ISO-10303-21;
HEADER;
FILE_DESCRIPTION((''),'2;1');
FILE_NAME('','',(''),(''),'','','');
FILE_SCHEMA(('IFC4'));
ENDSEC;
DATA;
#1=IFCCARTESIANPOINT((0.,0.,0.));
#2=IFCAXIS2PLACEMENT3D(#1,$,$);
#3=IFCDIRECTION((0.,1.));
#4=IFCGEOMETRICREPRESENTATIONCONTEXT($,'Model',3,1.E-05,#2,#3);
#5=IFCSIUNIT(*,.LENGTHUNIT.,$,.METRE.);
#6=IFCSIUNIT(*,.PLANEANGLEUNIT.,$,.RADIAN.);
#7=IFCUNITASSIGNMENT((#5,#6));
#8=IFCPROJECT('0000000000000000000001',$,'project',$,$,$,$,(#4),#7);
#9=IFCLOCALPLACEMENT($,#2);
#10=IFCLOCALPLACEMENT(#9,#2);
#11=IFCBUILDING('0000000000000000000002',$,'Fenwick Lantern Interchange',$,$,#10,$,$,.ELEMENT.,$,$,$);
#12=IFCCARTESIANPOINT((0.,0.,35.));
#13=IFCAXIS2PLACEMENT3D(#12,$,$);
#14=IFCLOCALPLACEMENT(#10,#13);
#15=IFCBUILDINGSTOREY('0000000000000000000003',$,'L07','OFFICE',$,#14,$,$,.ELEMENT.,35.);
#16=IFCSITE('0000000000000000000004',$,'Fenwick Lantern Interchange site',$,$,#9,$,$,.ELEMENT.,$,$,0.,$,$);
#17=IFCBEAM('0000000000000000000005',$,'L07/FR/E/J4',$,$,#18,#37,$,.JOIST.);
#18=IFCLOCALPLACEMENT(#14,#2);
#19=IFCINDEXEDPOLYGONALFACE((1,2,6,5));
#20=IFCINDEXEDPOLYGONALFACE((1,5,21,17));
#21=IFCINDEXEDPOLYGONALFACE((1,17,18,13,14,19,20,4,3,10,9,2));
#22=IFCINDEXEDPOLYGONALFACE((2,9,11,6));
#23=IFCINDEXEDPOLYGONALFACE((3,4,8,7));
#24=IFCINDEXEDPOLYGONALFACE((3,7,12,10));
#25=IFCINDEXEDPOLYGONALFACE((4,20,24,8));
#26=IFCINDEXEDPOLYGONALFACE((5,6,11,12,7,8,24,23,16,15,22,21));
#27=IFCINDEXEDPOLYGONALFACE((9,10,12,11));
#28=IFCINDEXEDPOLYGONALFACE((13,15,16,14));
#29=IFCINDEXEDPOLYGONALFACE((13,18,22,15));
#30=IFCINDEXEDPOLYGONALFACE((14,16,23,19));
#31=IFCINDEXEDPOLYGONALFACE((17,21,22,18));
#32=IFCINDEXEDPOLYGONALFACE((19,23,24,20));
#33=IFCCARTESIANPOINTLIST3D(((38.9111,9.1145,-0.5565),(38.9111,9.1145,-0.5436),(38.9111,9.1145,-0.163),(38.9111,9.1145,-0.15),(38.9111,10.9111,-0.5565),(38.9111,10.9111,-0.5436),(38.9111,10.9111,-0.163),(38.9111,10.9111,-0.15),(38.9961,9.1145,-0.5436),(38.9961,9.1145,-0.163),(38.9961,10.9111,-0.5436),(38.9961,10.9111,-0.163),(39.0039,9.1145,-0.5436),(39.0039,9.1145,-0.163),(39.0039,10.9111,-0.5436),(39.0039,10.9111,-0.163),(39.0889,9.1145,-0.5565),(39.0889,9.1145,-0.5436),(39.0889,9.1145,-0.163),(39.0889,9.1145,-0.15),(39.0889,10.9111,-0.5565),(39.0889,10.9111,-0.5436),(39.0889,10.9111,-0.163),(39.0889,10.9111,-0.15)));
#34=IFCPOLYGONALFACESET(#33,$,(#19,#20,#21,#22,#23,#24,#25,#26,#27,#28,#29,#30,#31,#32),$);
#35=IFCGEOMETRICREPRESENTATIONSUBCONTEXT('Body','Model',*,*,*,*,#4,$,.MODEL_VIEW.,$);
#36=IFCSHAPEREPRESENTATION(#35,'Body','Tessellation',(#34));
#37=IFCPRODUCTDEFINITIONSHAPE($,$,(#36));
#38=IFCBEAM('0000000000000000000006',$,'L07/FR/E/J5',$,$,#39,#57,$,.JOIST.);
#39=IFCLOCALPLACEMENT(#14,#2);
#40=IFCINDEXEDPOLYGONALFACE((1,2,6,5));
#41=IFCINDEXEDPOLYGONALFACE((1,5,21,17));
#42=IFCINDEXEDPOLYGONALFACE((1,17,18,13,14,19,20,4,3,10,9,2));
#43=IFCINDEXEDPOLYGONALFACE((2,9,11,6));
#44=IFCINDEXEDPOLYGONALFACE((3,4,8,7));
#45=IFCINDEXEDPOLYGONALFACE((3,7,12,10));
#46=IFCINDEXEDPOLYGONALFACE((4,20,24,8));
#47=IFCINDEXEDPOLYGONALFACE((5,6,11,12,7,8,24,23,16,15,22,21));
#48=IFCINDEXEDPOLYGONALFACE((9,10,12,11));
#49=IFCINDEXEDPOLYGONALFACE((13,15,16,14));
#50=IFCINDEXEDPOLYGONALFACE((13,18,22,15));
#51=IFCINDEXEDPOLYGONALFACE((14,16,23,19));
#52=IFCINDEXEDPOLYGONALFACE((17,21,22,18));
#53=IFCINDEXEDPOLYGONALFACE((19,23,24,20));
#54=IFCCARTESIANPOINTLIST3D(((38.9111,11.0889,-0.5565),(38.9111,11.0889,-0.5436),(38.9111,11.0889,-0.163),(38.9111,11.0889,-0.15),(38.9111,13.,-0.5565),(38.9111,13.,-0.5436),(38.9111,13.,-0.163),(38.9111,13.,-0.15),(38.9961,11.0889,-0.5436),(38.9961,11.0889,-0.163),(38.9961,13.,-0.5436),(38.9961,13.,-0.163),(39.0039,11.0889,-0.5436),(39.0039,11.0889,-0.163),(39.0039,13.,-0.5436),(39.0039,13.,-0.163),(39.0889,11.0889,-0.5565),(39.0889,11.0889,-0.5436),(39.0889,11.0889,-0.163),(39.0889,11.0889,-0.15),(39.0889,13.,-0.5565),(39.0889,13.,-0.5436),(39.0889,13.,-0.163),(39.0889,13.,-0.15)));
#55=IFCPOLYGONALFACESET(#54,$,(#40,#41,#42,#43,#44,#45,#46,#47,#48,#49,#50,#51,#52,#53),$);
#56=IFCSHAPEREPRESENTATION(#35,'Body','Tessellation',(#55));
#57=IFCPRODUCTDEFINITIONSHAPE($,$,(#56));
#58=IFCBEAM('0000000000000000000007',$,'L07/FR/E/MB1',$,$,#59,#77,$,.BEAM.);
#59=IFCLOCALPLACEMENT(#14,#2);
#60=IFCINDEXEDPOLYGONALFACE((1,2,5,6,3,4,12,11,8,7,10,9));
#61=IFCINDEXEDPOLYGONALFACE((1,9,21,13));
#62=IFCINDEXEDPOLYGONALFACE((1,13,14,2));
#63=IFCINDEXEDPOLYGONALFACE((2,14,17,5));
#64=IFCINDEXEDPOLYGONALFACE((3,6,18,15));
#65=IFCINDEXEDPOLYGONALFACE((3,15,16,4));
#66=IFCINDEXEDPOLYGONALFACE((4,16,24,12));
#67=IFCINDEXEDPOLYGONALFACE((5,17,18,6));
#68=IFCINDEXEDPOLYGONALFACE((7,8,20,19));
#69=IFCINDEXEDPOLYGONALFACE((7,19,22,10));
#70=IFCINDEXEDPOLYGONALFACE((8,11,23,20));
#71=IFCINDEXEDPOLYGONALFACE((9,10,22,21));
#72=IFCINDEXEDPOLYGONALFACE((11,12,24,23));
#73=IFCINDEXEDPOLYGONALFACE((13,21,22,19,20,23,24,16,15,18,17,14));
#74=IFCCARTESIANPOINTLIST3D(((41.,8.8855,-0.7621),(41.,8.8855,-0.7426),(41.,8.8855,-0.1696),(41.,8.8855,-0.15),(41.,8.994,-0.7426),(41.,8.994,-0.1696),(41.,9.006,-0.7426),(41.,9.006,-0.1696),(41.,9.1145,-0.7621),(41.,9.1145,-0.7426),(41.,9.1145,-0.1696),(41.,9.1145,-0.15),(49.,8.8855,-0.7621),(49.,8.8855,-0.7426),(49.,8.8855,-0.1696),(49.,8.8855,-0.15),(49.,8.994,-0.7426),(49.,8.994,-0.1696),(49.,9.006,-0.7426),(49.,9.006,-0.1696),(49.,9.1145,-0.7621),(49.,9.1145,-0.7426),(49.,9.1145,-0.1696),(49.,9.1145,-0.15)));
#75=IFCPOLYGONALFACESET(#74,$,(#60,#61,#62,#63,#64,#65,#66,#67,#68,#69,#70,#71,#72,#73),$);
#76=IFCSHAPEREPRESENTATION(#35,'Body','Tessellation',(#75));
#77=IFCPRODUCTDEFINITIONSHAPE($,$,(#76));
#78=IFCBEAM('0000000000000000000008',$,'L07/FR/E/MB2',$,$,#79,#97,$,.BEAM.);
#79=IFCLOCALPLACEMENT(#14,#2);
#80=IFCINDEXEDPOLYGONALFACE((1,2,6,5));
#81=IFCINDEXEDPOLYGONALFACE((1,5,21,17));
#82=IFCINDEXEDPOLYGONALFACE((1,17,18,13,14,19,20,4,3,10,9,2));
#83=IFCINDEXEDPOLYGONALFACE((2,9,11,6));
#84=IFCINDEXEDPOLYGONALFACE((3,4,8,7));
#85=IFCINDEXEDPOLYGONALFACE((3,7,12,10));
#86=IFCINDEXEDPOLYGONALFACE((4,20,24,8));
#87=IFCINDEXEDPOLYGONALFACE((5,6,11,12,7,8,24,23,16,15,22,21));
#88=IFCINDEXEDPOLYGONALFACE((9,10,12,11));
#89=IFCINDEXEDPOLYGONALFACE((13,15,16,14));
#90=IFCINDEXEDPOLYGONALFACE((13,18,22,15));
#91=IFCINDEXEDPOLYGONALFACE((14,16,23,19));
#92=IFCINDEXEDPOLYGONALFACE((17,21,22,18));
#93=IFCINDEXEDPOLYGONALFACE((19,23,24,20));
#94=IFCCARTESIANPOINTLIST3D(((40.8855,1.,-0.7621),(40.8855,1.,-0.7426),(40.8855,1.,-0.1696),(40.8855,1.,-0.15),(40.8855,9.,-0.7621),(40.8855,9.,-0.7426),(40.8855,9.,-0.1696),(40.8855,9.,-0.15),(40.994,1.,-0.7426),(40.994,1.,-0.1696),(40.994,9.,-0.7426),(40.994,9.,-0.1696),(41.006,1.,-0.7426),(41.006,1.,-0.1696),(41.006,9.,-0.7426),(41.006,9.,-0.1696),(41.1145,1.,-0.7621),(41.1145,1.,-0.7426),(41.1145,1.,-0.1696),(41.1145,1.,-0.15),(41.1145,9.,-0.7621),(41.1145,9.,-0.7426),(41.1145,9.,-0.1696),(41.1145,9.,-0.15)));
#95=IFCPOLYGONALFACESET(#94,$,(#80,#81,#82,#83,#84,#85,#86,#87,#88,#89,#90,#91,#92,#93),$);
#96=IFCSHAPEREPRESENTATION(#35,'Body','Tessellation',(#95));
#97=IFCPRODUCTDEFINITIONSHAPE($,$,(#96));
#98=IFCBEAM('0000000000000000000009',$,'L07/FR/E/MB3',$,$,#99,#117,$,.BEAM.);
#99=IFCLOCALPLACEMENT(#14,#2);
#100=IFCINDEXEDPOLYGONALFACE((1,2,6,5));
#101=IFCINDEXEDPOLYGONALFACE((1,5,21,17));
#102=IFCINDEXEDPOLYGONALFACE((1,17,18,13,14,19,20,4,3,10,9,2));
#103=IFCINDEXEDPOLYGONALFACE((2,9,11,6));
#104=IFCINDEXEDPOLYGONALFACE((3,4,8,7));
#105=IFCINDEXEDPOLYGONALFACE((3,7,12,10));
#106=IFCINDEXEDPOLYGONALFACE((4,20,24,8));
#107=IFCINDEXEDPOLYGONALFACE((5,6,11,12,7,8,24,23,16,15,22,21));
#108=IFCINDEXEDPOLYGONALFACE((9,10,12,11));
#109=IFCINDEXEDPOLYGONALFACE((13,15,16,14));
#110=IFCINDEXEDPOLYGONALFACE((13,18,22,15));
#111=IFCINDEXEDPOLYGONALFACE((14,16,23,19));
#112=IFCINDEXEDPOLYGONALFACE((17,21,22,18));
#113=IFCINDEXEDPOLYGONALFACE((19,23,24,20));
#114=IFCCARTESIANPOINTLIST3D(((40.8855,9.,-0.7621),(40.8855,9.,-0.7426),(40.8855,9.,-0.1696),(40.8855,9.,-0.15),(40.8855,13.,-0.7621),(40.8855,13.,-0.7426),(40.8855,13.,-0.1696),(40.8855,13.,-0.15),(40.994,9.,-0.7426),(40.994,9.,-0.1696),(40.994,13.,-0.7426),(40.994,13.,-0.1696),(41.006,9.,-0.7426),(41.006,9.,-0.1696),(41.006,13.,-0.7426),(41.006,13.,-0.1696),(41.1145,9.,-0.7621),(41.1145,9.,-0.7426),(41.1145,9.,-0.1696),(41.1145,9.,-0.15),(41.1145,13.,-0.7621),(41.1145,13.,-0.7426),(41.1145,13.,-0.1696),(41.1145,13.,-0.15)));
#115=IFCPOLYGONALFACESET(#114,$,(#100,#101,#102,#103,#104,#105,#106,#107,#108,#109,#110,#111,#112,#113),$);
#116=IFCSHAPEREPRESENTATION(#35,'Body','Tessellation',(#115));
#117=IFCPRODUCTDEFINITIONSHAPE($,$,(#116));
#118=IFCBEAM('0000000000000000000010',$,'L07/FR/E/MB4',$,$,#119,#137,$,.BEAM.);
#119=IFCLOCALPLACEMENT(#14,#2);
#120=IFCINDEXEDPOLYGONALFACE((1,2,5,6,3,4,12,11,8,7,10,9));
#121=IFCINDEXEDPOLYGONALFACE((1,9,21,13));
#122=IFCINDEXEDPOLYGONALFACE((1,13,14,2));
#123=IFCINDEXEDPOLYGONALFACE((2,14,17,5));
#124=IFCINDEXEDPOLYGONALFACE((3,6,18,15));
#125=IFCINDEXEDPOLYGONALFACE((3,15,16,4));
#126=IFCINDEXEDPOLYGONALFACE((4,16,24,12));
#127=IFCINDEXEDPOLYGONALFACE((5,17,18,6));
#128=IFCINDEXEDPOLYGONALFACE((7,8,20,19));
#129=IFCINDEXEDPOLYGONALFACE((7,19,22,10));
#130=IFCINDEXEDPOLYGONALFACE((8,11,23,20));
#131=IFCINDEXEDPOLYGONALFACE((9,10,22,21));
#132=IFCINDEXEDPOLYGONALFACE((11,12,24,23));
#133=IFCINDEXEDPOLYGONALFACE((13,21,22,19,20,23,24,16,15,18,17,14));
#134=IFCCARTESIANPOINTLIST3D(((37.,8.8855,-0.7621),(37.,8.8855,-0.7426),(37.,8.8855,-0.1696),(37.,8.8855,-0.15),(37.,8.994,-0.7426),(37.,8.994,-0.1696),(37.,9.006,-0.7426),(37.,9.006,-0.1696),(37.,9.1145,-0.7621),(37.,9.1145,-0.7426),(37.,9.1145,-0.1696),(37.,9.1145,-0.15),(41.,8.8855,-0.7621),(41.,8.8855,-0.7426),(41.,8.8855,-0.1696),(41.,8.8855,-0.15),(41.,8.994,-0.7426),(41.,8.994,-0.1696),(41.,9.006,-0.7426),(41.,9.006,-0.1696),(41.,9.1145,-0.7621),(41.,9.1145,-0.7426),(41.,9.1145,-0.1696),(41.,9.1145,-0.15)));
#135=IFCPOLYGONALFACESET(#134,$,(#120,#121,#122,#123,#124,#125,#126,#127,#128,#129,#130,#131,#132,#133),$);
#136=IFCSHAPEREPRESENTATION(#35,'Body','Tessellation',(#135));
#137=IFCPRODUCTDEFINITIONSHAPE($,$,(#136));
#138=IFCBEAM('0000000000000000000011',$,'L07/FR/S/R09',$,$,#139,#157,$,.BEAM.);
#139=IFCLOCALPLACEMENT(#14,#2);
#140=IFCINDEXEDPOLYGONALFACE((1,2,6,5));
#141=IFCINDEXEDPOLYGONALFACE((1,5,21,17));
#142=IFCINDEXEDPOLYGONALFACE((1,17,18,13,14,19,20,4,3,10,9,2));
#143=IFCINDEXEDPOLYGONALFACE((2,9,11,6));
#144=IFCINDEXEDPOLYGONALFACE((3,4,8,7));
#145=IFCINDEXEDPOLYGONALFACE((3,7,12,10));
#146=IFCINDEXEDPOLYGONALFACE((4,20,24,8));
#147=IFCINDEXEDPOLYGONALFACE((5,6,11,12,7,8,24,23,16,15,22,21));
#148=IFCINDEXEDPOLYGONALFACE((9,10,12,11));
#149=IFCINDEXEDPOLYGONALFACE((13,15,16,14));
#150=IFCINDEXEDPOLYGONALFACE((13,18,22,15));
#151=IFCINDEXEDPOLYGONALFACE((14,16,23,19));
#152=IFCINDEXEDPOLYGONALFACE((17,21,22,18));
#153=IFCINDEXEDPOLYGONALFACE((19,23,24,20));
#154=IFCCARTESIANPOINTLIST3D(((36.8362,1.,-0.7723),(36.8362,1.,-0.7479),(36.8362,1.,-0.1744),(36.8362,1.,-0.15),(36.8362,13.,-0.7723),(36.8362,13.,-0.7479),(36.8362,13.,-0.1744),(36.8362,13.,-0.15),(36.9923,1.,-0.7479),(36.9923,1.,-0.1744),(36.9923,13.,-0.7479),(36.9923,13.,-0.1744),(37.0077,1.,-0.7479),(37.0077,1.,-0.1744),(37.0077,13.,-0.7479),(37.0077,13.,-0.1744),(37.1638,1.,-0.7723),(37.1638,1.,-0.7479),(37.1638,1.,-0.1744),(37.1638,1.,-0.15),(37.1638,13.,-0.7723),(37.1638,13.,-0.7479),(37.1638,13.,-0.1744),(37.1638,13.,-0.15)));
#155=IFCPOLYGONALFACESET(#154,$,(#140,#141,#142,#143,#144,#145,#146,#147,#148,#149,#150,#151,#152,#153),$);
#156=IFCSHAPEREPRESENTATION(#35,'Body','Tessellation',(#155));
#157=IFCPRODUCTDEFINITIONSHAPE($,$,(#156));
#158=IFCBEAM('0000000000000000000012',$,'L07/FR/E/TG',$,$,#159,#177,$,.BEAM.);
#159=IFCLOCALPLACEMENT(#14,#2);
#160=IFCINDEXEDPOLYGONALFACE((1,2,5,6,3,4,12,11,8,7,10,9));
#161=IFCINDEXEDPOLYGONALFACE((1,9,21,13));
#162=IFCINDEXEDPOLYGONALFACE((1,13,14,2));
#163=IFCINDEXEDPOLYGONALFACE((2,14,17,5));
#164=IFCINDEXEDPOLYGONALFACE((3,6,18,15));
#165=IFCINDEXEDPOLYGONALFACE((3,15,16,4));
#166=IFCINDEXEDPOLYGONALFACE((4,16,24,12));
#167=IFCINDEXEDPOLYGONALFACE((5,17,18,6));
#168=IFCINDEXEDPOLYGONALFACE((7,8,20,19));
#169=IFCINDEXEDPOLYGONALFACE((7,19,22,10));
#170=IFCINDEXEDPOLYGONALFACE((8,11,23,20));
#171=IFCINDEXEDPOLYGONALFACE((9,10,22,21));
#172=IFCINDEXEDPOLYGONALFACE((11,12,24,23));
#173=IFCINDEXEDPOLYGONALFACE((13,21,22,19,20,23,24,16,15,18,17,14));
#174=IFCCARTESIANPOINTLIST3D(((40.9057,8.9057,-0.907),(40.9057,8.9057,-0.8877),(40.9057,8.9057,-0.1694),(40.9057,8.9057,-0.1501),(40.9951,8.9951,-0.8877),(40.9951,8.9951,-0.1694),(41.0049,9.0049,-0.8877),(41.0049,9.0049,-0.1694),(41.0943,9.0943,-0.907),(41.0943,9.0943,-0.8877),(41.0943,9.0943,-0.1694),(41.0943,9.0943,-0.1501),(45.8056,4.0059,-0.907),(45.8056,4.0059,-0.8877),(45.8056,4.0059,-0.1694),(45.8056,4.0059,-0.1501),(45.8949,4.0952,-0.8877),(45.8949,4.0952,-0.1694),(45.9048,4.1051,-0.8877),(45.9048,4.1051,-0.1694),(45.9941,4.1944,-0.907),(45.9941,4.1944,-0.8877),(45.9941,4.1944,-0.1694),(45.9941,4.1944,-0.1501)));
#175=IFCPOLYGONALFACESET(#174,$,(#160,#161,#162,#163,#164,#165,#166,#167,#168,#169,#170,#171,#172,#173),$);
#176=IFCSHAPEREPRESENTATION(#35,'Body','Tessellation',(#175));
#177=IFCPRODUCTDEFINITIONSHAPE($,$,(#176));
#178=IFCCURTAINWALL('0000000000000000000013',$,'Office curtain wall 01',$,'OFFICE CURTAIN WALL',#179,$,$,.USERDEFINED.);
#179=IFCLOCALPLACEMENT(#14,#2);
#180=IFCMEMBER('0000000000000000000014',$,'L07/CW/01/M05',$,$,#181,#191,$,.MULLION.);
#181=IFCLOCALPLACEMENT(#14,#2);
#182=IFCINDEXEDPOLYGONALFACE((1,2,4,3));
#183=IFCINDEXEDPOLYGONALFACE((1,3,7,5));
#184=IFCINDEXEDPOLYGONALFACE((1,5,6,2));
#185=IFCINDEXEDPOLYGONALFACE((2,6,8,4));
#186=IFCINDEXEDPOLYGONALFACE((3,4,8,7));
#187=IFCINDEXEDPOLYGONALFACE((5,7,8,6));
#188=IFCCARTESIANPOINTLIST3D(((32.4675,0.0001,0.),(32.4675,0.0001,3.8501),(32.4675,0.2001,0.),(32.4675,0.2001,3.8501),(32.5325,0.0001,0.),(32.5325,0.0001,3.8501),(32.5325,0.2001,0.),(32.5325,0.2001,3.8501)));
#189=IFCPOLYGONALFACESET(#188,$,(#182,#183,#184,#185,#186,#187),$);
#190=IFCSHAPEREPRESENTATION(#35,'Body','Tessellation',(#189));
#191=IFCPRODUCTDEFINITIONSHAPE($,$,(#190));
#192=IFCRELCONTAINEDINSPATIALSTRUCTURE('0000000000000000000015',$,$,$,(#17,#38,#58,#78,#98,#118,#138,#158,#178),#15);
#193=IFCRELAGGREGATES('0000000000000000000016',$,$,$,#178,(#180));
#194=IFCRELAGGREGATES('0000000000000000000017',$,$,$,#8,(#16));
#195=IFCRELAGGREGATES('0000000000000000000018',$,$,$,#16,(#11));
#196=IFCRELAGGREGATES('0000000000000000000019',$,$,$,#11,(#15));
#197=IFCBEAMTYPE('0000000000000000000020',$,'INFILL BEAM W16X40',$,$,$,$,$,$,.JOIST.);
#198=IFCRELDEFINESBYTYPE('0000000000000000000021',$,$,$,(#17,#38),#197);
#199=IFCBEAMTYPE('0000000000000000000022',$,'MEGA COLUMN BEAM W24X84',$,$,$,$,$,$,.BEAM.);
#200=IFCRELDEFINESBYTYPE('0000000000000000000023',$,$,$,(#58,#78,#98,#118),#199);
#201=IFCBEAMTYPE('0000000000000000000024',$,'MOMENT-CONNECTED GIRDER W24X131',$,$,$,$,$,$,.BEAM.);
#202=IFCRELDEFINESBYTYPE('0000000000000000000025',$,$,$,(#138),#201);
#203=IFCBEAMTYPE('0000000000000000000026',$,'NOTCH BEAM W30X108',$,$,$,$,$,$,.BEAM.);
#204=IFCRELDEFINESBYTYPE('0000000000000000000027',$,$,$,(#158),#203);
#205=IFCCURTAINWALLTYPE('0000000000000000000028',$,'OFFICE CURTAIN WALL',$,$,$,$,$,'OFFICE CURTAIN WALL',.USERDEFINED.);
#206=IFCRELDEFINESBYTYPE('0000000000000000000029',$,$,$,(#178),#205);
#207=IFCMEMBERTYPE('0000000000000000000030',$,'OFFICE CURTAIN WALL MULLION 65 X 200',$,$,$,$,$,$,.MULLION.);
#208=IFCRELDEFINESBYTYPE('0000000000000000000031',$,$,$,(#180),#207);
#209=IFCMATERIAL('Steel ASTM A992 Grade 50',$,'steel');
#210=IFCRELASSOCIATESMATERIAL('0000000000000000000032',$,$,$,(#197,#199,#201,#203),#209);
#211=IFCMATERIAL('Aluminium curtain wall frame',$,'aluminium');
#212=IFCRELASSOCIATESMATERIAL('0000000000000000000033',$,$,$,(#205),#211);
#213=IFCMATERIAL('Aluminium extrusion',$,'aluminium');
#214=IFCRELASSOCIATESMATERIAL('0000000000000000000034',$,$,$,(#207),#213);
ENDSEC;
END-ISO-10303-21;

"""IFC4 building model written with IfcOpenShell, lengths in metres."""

from ifc_helpers import new_model, si_unit, direction, frame, origin, origin_2d, place, context, subcontext, project, spatial, rectangle, i_section, extrude, material, material_profile, profile_set, type_object, element, aggregate, save


model = new_model("IFC4")

# Units and contexts
model_context = context("Model", 3, precision=1e-05, world=origin(), true_north=direction((0.0, 1.0)))
body_context = subcontext(model_context, "Body", "Model", "MODEL_VIEW")
ifc_project = project(units=[si_unit("LENGTHUNIT", "METRE"), si_unit("PLANEANGLEUNIT", "RADIAN")], contexts=[model_context])

# Site, building, storey
site_placement = place(None, origin())
site = spatial("IfcSite", under=ifc_project, at=site_placement, Name="Fenwick Lantern Interchange site", CompositionType="ELEMENT", RefElevation=0.0)
building_placement = place(site_placement, origin())
building = spatial("IfcBuilding", under=site, at=building_placement, Name="Fenwick Lantern Interchange", CompositionType="ELEMENT")
storey_placement = place(building_placement, frame((0.0, 0.0, 35.0)))
storey = spatial("IfcBuildingStorey", under=building, at=storey_placement, Name="L07", Description="OFFICE", CompositionType="ELEMENT", Elevation=35.0)

# Beams
ifc_material_1 = material(Name="Steel ASTM A992 Grade 50", Category="steel")
ifc_material_profile_1 = material_profile(ifc_material_1, i_section(OverallWidth=0.1777, OverallDepth=0.4065, WebThickness=0.0078, FlangeThickness=0.0129, at=origin_2d()), Name="W16X40")
ifc_profile_set_1 = profile_set([ifc_material_profile_1], Name="Steel ASTM A992 Grade 50")
beam_type_1 = type_object("IfcBeamType", Name="INFILL BEAM W16X40", PredefinedType="JOIST", material=ifc_profile_set_1)
beam_1_placement = place(storey_placement, frame((39.0, 9.1145, -0.3533), z_axis=(0.0, 1.0, 0.0), x_axis=(-1.0, 0.0, 0.0)))
element("IfcBeam", 1, at=beam_1_placement, inside=storey, type_object=beam_type_1, Name="L07/FR/E/J4", PredefinedType="JOIST", context=body_context, shape_type="SweptSolid", body=[
    extrude(i_section(OverallWidth=0.1777, OverallDepth=0.4065, WebThickness=0.0078, FlangeThickness=0.0129, at=origin_2d()), origin(), (0.0, 0.0, 1.0), 1.7966),
])
beam_2_placement = place(storey_placement, frame((39.0, 11.0889, -0.3533), z_axis=(0.0, 1.0, 0.0), x_axis=(-1.0, 0.0, 0.0)))
element("IfcBeam", 2, at=beam_2_placement, inside=storey, type_object=beam_type_1, Name="L07/FR/E/J5", PredefinedType="JOIST", context=body_context, shape_type="SweptSolid", body=[
    extrude(i_section(OverallWidth=0.1777, OverallDepth=0.4065, WebThickness=0.0078, FlangeThickness=0.0129, at=origin_2d()), origin(), (0.0, 0.0, 1.0), 1.9111),
])
ifc_material_profile_2 = material_profile(ifc_material_1, i_section(OverallWidth=0.229, OverallDepth=0.6121, WebThickness=0.012, FlangeThickness=0.0195, at=origin_2d()), Name="W24X84")
ifc_profile_set_2 = profile_set([ifc_material_profile_2], Name="Steel ASTM A992 Grade 50")
beam_type_2 = type_object("IfcBeamType", Name="MEGA COLUMN BEAM W24X84", PredefinedType="BEAM", material=ifc_profile_set_2)
for number, where, z_axis, x_axis, name in (
    (3, (41.0, 9.0, -0.4561), (1.0, 0.0, 0.0), (0.0, 1.0, 0.0), "L07/FR/E/MB1"),
    (4, (41.0, 9.0, -0.4561), (0.0, -1.0, 0.0), (1.0, 0.0, 0.0), "L07/FR/E/MB2"),
):
    element("IfcBeam", number, at=place(storey_placement, frame(where, z_axis=z_axis, x_axis=x_axis)), inside=storey, type_object=beam_type_2, Name=name, PredefinedType="BEAM", context=body_context, shape_type="SweptSolid", body=[
        extrude(i_section(OverallWidth=0.229, OverallDepth=0.6121, WebThickness=0.012, FlangeThickness=0.0195, at=origin_2d()), origin(), (0.0, 0.0, 1.0), 8.0),
    ])
for number, where, z_axis, x_axis, name in (
    (5, (41.0, 9.0, -0.4561), (0.0, 1.0, 0.0), (-1.0, 0.0, 0.0), "L07/FR/E/MB3"),
    (6, (41.0, 9.0, -0.4561), (-1.0, 0.0, 0.0), (0.0, -1.0, 0.0), "L07/FR/E/MB4"),
):
    element("IfcBeam", number, at=place(storey_placement, frame(where, z_axis=z_axis, x_axis=x_axis)), inside=storey, type_object=beam_type_2, Name=name, PredefinedType="BEAM", context=body_context, shape_type="SweptSolid", body=[
        extrude(i_section(OverallWidth=0.229, OverallDepth=0.6121, WebThickness=0.012, FlangeThickness=0.0195, at=origin_2d()), origin(), (0.0, 0.0, 1.0), 4.0),
    ])
ifc_material_profile_3 = material_profile(ifc_material_1, i_section(OverallWidth=0.3276, OverallDepth=0.6223, WebThickness=0.0154, FlangeThickness=0.0244, at=origin_2d()), Name="W24X131")
ifc_profile_set_3 = profile_set([ifc_material_profile_3], Name="Steel ASTM A992 Grade 50")
beam_type_3 = type_object("IfcBeamType", Name="MOMENT-CONNECTED GIRDER W24X131", PredefinedType="BEAM", material=ifc_profile_set_3)
beam_3_placement = place(storey_placement, frame((37.0, 1.0, -0.4612), z_axis=(0.0, 1.0, 0.0), x_axis=(-1.0, 0.0, 0.0)))
element("IfcBeam", 7, at=beam_3_placement, inside=storey, type_object=beam_type_3, Name="L07/FR/S/R09", PredefinedType="BEAM", context=body_context, shape_type="SweptSolid", body=[
    extrude(i_section(OverallWidth=0.3276, OverallDepth=0.6223, WebThickness=0.0154, FlangeThickness=0.0244, at=origin_2d()), origin(), (0.0, 0.0, 1.0), 12.0),
])
ifc_material_profile_4 = material_profile(ifc_material_1, i_section(OverallWidth=0.2666, OverallDepth=0.7568, WebThickness=0.0139, FlangeThickness=0.0193, at=origin_2d()), Name="W30X108")
ifc_profile_set_4 = profile_set([ifc_material_profile_4], Name="Steel ASTM A992 Grade 50")
beam_type_4 = type_object("IfcBeamType", Name="NOTCH BEAM W30X108", PredefinedType="BEAM", material=ifc_profile_set_4)
beam_4_placement = place(storey_placement, frame((41.0, 9.0, -0.5286), z_axis=(0.707107, -0.707107, 0.0), x_axis=(0.707107, 0.707107, 0.0)))
element("IfcBeam", 8, at=beam_4_placement, inside=storey, type_object=beam_type_4, Name="L07/FR/E/TG", PredefinedType="BEAM", context=body_context, shape_type="SweptSolid", body=[
    extrude(i_section(OverallWidth=0.2666, OverallDepth=0.7568, WebThickness=0.0139, FlangeThickness=0.0193, at=origin_2d()), origin(), (0.0, 0.0, 1.0), 6.9294),
])

# Curtain wall, member
ifc_material_2 = material(Name="Aluminium curtain wall frame", Category="aluminium")
curtain_wall_type = type_object("IfcCurtainWallType", Name="OFFICE CURTAIN WALL", ElementType="OFFICE CURTAIN WALL", PredefinedType="USERDEFINED", material=ifc_material_2)
curtain_wall_placement = place(storey_placement, origin())
curtain_wall = element("IfcCurtainWall", 9, at=curtain_wall_placement, inside=storey, type_object=curtain_wall_type, Name="Office curtain wall 01", ObjectType="OFFICE CURTAIN WALL", PredefinedType="USERDEFINED")
ifc_material_3 = material(Name="Aluminium extrusion", Category="aluminium")
ifc_material_profile_5 = material_profile(ifc_material_3, rectangle(XDim=0.2, YDim=0.0649, at=origin_2d()), Name="OFFICE CURTAIN WALL MULLION 65 X 200")
ifc_profile_set_5 = profile_set([ifc_material_profile_5], Name="Aluminium extrusion")
member_type_1 = type_object("IfcMemberType", Name="OFFICE CURTAIN WALL MULLION 65 X 200", PredefinedType="MULLION", material=ifc_profile_set_5)
member_1_placement = place(storey_placement, frame((32.5, 0.1001, 0.0), z_axis=(0.0, 0.0, 1.0), x_axis=(0.0, 1.0, 0.0)))
member_1 = element("IfcMember", 10, at=member_1_placement, type_object=member_type_1, Name="L07/CW/01/M05", PredefinedType="MULLION", context=body_context, shape_type="SweptSolid", body=[
    extrude(rectangle(XDim=0.2, YDim=0.0649, at=origin_2d()), origin(), (0.0, 0.0, 1.0), 3.8501),
])
aggregate(curtain_wall, [member_1])

save(model, "model.ifc")
